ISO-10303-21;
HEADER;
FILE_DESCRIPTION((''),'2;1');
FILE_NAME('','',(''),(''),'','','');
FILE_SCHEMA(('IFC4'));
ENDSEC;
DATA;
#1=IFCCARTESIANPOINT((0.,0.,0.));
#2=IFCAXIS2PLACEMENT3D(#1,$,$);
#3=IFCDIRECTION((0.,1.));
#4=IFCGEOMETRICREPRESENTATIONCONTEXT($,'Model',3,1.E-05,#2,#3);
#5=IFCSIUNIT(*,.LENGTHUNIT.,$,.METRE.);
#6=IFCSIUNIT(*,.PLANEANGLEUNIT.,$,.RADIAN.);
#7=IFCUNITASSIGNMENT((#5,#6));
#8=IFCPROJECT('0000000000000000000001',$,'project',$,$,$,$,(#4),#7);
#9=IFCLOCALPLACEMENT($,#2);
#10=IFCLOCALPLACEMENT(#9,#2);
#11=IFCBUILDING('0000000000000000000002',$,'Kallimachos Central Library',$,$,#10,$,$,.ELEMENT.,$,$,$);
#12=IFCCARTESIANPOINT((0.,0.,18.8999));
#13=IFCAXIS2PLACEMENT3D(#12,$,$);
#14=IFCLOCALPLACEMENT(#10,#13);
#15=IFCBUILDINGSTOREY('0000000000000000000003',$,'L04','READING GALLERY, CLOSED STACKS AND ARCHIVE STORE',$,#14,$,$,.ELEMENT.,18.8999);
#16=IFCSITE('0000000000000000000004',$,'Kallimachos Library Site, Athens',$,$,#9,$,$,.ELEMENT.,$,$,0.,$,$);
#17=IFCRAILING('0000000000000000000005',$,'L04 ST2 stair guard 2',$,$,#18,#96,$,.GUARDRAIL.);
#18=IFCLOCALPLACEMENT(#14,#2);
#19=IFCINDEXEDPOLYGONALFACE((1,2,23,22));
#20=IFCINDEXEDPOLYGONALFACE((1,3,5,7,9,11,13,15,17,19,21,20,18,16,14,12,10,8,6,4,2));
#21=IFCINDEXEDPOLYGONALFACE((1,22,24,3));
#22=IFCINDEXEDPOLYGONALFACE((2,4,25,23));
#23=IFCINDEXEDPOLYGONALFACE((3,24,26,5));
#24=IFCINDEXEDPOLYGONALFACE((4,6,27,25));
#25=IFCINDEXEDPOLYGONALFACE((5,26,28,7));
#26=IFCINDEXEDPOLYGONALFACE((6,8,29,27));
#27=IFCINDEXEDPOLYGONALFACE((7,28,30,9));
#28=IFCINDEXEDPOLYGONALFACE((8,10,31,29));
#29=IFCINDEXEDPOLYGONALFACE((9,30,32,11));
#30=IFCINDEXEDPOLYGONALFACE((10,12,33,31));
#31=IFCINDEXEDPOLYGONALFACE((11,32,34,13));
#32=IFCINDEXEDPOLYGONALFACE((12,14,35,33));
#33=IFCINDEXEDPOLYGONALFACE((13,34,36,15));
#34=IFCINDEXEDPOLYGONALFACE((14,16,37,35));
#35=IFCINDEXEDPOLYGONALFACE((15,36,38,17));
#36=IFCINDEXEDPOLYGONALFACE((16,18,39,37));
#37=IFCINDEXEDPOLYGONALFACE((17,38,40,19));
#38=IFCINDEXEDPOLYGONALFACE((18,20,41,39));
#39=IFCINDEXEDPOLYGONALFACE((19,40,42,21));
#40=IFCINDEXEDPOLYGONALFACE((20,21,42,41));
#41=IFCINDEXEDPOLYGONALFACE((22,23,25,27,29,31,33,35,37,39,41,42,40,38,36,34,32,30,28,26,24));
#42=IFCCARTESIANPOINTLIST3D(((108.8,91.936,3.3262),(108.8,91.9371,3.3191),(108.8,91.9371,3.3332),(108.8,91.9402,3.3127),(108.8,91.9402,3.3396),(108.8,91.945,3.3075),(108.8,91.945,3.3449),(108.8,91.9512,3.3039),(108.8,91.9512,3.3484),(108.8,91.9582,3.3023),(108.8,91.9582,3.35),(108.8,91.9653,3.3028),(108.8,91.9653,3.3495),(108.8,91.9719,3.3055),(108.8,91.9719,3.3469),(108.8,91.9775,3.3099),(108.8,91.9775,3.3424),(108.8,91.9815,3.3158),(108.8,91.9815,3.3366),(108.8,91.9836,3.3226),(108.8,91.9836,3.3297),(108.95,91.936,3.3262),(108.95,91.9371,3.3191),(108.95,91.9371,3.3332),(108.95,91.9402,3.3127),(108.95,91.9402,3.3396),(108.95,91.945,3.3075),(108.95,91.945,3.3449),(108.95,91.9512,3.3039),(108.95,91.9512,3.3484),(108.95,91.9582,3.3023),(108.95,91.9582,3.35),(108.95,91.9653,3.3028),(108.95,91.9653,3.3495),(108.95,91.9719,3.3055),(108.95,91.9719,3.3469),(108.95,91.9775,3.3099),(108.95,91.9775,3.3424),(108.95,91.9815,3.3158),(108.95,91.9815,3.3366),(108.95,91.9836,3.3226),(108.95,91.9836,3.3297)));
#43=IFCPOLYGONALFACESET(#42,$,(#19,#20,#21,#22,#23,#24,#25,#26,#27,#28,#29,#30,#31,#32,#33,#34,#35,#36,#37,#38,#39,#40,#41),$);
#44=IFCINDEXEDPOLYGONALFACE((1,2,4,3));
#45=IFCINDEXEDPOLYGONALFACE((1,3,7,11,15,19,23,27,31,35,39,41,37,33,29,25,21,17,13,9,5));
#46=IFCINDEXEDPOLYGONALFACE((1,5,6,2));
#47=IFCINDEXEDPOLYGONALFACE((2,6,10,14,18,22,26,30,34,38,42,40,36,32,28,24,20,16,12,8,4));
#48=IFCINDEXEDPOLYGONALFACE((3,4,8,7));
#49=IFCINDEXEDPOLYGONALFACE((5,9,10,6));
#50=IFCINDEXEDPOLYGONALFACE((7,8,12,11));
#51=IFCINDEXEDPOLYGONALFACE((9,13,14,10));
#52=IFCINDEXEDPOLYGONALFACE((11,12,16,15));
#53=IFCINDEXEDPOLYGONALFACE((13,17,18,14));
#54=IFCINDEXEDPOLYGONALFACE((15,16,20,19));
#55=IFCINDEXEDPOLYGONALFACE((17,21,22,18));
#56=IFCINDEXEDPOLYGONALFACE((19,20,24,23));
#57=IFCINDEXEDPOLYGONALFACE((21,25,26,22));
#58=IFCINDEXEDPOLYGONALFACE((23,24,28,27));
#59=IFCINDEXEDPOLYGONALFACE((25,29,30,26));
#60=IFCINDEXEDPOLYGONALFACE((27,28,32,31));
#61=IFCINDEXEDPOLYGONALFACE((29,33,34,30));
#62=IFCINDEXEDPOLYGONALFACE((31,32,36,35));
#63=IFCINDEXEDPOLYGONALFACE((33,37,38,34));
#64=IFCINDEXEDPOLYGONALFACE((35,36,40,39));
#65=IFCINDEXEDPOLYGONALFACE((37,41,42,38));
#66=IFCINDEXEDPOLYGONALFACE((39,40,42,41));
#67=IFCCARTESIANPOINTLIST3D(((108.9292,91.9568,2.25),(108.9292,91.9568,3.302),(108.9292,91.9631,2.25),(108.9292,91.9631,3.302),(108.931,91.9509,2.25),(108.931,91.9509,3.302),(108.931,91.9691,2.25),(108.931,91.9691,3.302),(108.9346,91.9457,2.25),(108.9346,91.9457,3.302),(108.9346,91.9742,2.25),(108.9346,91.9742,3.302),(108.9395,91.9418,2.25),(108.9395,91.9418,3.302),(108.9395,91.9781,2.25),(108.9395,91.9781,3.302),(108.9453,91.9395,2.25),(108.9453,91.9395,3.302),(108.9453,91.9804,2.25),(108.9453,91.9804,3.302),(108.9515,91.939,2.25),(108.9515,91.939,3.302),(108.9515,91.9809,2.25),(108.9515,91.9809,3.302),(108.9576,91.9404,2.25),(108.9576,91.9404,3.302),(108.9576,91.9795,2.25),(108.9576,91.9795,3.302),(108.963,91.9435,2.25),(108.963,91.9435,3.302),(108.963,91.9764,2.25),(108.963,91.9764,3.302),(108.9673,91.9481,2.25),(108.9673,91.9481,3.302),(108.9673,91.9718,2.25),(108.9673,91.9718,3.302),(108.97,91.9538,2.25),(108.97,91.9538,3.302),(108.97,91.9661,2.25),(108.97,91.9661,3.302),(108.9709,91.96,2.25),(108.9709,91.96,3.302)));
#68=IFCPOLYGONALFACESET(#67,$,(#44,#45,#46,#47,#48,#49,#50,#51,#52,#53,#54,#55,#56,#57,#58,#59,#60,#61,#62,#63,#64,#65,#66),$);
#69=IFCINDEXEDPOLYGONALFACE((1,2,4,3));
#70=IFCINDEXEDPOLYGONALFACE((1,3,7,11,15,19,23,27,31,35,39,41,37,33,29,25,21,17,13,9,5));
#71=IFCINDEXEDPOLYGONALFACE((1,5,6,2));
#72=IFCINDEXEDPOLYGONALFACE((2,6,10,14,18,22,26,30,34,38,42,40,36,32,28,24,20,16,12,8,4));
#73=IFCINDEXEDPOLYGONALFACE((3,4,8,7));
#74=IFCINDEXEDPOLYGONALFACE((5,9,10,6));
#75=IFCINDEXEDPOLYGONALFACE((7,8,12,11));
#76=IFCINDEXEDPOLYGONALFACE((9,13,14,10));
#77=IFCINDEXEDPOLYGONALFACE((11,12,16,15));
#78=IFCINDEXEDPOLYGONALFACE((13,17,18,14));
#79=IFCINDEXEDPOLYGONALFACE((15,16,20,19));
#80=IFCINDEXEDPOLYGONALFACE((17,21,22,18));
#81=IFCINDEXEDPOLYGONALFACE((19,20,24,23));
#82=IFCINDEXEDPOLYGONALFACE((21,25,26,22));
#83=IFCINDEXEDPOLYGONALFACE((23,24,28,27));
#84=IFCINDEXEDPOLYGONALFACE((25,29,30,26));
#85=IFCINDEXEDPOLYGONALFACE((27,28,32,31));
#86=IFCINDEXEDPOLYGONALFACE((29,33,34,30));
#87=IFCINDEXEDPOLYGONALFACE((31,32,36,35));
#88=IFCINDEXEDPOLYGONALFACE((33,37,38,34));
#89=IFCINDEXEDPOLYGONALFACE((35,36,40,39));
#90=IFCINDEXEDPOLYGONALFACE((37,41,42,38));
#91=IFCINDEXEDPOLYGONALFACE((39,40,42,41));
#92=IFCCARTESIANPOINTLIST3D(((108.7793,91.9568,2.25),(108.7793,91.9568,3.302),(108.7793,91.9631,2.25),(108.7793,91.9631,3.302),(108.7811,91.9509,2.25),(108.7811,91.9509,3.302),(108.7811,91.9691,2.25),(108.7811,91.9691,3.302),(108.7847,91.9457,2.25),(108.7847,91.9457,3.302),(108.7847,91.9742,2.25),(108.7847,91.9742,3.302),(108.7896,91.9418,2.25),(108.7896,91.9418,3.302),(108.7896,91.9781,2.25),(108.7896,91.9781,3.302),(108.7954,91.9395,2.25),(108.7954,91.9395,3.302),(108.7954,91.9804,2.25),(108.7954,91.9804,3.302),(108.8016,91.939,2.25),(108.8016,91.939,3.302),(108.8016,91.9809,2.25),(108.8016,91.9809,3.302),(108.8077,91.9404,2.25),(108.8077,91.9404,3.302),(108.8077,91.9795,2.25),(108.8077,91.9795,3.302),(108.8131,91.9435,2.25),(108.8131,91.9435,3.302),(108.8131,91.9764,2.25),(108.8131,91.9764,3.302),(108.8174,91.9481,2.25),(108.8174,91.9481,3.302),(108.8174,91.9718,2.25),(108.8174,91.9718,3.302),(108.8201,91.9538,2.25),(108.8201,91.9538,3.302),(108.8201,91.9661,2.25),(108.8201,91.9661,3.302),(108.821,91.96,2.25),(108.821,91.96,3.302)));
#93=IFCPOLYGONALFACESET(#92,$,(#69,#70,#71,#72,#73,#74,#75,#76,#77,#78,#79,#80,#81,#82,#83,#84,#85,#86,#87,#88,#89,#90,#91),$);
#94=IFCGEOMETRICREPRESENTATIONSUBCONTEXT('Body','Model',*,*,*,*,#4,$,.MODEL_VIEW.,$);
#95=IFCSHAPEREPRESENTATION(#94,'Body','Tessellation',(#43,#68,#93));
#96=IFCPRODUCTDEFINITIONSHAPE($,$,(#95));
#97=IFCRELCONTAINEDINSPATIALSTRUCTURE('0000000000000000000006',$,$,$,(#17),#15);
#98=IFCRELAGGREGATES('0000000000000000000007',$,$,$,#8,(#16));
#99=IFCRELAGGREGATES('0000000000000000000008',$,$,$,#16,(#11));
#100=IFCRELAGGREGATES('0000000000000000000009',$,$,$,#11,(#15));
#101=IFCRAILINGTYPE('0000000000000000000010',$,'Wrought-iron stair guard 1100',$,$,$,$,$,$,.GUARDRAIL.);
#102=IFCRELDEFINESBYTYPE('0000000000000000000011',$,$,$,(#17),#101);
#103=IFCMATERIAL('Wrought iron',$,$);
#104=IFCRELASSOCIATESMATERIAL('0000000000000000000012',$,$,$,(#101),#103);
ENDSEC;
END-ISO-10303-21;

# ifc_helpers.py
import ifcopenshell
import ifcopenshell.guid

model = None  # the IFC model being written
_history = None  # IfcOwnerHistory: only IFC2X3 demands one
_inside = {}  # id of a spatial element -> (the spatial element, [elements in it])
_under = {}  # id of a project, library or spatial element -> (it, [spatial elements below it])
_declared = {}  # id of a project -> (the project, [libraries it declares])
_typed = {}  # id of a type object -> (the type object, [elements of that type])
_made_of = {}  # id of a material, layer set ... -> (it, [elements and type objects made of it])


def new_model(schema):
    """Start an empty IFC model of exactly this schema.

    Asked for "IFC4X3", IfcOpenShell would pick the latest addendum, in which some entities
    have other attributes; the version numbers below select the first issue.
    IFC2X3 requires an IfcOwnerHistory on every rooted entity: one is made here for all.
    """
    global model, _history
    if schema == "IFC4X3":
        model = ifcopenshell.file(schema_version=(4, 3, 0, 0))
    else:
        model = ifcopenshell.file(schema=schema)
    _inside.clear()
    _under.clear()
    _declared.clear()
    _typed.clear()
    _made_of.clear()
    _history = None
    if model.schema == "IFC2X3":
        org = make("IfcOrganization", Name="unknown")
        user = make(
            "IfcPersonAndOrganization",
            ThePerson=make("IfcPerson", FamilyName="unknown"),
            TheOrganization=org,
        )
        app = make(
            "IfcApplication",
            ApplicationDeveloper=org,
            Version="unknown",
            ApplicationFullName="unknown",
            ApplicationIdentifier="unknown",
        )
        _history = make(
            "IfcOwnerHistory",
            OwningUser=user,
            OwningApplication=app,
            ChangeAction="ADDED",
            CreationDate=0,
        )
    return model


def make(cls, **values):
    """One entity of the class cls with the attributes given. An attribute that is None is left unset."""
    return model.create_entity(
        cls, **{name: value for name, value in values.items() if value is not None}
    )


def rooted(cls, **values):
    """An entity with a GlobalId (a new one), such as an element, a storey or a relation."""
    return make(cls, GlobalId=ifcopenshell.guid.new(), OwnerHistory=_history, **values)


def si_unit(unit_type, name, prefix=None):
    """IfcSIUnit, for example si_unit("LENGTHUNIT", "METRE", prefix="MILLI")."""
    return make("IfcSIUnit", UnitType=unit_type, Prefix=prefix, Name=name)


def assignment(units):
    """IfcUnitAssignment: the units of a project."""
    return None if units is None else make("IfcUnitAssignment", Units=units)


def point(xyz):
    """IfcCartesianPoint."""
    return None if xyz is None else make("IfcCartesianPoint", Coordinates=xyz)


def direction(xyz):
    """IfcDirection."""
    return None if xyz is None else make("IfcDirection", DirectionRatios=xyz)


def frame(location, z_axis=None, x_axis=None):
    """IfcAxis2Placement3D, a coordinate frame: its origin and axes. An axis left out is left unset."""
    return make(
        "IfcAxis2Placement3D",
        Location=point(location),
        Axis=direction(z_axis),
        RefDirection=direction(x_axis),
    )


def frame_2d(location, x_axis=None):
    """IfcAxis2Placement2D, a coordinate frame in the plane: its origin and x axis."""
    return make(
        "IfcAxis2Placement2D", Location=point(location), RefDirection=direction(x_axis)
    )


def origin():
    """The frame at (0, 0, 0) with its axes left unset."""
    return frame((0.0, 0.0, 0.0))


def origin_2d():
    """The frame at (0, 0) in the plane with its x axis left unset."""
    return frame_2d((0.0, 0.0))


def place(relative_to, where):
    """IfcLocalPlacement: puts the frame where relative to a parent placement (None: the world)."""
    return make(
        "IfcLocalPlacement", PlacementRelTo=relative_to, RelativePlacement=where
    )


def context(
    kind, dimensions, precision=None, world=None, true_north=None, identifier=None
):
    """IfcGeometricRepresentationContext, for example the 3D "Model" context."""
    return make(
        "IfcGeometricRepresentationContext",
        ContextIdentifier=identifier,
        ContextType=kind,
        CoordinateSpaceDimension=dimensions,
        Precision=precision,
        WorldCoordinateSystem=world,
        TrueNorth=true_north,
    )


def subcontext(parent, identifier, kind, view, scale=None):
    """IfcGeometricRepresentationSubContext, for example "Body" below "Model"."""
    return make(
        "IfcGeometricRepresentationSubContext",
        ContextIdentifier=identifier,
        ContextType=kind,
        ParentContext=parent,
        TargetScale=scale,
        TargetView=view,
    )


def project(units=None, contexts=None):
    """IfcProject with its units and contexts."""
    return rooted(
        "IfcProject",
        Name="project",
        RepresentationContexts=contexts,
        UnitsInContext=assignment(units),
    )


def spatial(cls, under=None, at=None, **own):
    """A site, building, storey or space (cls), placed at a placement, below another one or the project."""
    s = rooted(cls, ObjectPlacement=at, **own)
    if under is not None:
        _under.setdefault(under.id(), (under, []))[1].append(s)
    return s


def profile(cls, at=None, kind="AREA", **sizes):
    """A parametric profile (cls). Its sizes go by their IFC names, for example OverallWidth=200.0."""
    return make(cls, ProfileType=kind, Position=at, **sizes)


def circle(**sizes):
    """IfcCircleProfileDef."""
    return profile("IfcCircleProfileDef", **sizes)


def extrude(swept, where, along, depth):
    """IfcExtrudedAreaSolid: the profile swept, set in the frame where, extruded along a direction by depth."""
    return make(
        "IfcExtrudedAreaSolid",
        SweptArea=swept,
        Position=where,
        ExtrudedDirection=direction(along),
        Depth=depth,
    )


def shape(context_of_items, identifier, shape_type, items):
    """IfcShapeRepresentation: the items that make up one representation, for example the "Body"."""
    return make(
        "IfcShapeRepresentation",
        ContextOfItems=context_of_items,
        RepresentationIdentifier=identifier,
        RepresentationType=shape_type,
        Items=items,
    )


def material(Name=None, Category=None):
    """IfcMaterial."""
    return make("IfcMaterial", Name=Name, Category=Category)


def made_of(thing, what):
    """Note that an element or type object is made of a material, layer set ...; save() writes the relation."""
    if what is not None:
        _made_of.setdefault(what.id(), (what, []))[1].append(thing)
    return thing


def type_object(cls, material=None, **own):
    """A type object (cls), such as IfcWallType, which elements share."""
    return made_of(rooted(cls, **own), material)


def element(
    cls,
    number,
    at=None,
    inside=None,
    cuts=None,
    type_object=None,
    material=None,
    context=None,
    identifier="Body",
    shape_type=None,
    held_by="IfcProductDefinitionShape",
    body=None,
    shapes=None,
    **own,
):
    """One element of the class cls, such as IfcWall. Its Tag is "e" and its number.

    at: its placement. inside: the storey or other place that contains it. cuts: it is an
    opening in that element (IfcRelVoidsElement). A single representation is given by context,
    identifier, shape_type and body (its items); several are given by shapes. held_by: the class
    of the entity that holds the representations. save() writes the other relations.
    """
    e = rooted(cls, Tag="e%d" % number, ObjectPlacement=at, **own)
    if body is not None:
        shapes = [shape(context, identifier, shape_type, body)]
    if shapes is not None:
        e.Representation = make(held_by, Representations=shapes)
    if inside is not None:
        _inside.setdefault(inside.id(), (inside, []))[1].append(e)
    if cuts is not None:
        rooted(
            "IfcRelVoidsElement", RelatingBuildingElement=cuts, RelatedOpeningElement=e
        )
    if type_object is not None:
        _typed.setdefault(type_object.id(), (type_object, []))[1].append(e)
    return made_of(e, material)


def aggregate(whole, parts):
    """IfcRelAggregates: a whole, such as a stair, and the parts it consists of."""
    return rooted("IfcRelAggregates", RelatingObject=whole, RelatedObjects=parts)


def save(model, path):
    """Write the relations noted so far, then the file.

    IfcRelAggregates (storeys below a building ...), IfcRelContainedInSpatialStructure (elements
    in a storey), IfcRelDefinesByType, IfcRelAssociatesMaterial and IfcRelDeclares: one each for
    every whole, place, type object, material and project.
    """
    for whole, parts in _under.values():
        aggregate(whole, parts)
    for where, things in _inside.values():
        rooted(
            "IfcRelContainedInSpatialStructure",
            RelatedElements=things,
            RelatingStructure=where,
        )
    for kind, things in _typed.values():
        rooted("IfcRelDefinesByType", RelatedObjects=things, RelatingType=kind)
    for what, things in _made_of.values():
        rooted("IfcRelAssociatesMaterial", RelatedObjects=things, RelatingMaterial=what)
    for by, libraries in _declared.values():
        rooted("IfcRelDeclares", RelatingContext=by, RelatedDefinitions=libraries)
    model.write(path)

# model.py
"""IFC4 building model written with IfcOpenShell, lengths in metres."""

from ifc_helpers import new_model, si_unit, direction, frame, origin, origin_2d, place, context, subcontext, project, spatial, circle, extrude, material, type_object, element, save


model = new_model("IFC4")

# Units and contexts
model_context = context("Model", 3, precision=1e-05, world=origin(), true_north=direction((0.0, 1.0)))
body_context = subcontext(model_context, "Body", "Model", "MODEL_VIEW")
ifc_project = project(units=[si_unit("LENGTHUNIT", "METRE"), si_unit("PLANEANGLEUNIT", "RADIAN")], contexts=[model_context])

# Site, building, storey
site_placement = place(None, origin())
site = spatial("IfcSite", under=ifc_project, at=site_placement, Name="Kallimachos Library Site, Athens", CompositionType="ELEMENT", RefElevation=0.0)
building_placement = place(site_placement, origin())
building = spatial("IfcBuilding", under=site, at=building_placement, Name="Kallimachos Central Library", CompositionType="ELEMENT")
storey_placement = place(building_placement, frame((0.0, 0.0, 18.8999)))
storey = spatial("IfcBuildingStorey", under=building, at=storey_placement, Name="L04", Description="READING GALLERY, CLOSED STACKS AND ARCHIVE STORE", CompositionType="ELEMENT", Elevation=18.8999)

# Railing
ifc_material_1 = material(Name="Wrought iron")
railing_type_1 = type_object("IfcRailingType", Name="Wrought-iron stair guard 1100", PredefinedType="GUARDRAIL", material=ifc_material_1)
railing_1_placement = place(storey_placement, frame((108.95, 91.96, 2.25)))
element("IfcRailing", 1, at=railing_1_placement, inside=storey, type_object=railing_type_1, Name="L04 ST2 stair guard 2", PredefinedType="GUARDRAIL", context=body_context, shape_type="SweptSolid", body=[
    extrude(circle(Radius=0.0239, at=origin_2d()), frame((0.0, 0.0, 1.0762), z_axis=(-1.0, 0.0, 0.0), x_axis=(0.0, -1.0, 0.0)), (0.0, 0.0, 1.0), 0.1499),
    extrude(circle(Radius=0.021, at=origin_2d()), origin(), (0.0, 0.0, 1.0), 1.052),
    extrude(circle(Radius=0.021, at=origin_2d()), frame((-0.1499, 0.0, 0.0)), (0.0, 0.0, 1.0), 1.052),
])

save(model, "model.ifc")
